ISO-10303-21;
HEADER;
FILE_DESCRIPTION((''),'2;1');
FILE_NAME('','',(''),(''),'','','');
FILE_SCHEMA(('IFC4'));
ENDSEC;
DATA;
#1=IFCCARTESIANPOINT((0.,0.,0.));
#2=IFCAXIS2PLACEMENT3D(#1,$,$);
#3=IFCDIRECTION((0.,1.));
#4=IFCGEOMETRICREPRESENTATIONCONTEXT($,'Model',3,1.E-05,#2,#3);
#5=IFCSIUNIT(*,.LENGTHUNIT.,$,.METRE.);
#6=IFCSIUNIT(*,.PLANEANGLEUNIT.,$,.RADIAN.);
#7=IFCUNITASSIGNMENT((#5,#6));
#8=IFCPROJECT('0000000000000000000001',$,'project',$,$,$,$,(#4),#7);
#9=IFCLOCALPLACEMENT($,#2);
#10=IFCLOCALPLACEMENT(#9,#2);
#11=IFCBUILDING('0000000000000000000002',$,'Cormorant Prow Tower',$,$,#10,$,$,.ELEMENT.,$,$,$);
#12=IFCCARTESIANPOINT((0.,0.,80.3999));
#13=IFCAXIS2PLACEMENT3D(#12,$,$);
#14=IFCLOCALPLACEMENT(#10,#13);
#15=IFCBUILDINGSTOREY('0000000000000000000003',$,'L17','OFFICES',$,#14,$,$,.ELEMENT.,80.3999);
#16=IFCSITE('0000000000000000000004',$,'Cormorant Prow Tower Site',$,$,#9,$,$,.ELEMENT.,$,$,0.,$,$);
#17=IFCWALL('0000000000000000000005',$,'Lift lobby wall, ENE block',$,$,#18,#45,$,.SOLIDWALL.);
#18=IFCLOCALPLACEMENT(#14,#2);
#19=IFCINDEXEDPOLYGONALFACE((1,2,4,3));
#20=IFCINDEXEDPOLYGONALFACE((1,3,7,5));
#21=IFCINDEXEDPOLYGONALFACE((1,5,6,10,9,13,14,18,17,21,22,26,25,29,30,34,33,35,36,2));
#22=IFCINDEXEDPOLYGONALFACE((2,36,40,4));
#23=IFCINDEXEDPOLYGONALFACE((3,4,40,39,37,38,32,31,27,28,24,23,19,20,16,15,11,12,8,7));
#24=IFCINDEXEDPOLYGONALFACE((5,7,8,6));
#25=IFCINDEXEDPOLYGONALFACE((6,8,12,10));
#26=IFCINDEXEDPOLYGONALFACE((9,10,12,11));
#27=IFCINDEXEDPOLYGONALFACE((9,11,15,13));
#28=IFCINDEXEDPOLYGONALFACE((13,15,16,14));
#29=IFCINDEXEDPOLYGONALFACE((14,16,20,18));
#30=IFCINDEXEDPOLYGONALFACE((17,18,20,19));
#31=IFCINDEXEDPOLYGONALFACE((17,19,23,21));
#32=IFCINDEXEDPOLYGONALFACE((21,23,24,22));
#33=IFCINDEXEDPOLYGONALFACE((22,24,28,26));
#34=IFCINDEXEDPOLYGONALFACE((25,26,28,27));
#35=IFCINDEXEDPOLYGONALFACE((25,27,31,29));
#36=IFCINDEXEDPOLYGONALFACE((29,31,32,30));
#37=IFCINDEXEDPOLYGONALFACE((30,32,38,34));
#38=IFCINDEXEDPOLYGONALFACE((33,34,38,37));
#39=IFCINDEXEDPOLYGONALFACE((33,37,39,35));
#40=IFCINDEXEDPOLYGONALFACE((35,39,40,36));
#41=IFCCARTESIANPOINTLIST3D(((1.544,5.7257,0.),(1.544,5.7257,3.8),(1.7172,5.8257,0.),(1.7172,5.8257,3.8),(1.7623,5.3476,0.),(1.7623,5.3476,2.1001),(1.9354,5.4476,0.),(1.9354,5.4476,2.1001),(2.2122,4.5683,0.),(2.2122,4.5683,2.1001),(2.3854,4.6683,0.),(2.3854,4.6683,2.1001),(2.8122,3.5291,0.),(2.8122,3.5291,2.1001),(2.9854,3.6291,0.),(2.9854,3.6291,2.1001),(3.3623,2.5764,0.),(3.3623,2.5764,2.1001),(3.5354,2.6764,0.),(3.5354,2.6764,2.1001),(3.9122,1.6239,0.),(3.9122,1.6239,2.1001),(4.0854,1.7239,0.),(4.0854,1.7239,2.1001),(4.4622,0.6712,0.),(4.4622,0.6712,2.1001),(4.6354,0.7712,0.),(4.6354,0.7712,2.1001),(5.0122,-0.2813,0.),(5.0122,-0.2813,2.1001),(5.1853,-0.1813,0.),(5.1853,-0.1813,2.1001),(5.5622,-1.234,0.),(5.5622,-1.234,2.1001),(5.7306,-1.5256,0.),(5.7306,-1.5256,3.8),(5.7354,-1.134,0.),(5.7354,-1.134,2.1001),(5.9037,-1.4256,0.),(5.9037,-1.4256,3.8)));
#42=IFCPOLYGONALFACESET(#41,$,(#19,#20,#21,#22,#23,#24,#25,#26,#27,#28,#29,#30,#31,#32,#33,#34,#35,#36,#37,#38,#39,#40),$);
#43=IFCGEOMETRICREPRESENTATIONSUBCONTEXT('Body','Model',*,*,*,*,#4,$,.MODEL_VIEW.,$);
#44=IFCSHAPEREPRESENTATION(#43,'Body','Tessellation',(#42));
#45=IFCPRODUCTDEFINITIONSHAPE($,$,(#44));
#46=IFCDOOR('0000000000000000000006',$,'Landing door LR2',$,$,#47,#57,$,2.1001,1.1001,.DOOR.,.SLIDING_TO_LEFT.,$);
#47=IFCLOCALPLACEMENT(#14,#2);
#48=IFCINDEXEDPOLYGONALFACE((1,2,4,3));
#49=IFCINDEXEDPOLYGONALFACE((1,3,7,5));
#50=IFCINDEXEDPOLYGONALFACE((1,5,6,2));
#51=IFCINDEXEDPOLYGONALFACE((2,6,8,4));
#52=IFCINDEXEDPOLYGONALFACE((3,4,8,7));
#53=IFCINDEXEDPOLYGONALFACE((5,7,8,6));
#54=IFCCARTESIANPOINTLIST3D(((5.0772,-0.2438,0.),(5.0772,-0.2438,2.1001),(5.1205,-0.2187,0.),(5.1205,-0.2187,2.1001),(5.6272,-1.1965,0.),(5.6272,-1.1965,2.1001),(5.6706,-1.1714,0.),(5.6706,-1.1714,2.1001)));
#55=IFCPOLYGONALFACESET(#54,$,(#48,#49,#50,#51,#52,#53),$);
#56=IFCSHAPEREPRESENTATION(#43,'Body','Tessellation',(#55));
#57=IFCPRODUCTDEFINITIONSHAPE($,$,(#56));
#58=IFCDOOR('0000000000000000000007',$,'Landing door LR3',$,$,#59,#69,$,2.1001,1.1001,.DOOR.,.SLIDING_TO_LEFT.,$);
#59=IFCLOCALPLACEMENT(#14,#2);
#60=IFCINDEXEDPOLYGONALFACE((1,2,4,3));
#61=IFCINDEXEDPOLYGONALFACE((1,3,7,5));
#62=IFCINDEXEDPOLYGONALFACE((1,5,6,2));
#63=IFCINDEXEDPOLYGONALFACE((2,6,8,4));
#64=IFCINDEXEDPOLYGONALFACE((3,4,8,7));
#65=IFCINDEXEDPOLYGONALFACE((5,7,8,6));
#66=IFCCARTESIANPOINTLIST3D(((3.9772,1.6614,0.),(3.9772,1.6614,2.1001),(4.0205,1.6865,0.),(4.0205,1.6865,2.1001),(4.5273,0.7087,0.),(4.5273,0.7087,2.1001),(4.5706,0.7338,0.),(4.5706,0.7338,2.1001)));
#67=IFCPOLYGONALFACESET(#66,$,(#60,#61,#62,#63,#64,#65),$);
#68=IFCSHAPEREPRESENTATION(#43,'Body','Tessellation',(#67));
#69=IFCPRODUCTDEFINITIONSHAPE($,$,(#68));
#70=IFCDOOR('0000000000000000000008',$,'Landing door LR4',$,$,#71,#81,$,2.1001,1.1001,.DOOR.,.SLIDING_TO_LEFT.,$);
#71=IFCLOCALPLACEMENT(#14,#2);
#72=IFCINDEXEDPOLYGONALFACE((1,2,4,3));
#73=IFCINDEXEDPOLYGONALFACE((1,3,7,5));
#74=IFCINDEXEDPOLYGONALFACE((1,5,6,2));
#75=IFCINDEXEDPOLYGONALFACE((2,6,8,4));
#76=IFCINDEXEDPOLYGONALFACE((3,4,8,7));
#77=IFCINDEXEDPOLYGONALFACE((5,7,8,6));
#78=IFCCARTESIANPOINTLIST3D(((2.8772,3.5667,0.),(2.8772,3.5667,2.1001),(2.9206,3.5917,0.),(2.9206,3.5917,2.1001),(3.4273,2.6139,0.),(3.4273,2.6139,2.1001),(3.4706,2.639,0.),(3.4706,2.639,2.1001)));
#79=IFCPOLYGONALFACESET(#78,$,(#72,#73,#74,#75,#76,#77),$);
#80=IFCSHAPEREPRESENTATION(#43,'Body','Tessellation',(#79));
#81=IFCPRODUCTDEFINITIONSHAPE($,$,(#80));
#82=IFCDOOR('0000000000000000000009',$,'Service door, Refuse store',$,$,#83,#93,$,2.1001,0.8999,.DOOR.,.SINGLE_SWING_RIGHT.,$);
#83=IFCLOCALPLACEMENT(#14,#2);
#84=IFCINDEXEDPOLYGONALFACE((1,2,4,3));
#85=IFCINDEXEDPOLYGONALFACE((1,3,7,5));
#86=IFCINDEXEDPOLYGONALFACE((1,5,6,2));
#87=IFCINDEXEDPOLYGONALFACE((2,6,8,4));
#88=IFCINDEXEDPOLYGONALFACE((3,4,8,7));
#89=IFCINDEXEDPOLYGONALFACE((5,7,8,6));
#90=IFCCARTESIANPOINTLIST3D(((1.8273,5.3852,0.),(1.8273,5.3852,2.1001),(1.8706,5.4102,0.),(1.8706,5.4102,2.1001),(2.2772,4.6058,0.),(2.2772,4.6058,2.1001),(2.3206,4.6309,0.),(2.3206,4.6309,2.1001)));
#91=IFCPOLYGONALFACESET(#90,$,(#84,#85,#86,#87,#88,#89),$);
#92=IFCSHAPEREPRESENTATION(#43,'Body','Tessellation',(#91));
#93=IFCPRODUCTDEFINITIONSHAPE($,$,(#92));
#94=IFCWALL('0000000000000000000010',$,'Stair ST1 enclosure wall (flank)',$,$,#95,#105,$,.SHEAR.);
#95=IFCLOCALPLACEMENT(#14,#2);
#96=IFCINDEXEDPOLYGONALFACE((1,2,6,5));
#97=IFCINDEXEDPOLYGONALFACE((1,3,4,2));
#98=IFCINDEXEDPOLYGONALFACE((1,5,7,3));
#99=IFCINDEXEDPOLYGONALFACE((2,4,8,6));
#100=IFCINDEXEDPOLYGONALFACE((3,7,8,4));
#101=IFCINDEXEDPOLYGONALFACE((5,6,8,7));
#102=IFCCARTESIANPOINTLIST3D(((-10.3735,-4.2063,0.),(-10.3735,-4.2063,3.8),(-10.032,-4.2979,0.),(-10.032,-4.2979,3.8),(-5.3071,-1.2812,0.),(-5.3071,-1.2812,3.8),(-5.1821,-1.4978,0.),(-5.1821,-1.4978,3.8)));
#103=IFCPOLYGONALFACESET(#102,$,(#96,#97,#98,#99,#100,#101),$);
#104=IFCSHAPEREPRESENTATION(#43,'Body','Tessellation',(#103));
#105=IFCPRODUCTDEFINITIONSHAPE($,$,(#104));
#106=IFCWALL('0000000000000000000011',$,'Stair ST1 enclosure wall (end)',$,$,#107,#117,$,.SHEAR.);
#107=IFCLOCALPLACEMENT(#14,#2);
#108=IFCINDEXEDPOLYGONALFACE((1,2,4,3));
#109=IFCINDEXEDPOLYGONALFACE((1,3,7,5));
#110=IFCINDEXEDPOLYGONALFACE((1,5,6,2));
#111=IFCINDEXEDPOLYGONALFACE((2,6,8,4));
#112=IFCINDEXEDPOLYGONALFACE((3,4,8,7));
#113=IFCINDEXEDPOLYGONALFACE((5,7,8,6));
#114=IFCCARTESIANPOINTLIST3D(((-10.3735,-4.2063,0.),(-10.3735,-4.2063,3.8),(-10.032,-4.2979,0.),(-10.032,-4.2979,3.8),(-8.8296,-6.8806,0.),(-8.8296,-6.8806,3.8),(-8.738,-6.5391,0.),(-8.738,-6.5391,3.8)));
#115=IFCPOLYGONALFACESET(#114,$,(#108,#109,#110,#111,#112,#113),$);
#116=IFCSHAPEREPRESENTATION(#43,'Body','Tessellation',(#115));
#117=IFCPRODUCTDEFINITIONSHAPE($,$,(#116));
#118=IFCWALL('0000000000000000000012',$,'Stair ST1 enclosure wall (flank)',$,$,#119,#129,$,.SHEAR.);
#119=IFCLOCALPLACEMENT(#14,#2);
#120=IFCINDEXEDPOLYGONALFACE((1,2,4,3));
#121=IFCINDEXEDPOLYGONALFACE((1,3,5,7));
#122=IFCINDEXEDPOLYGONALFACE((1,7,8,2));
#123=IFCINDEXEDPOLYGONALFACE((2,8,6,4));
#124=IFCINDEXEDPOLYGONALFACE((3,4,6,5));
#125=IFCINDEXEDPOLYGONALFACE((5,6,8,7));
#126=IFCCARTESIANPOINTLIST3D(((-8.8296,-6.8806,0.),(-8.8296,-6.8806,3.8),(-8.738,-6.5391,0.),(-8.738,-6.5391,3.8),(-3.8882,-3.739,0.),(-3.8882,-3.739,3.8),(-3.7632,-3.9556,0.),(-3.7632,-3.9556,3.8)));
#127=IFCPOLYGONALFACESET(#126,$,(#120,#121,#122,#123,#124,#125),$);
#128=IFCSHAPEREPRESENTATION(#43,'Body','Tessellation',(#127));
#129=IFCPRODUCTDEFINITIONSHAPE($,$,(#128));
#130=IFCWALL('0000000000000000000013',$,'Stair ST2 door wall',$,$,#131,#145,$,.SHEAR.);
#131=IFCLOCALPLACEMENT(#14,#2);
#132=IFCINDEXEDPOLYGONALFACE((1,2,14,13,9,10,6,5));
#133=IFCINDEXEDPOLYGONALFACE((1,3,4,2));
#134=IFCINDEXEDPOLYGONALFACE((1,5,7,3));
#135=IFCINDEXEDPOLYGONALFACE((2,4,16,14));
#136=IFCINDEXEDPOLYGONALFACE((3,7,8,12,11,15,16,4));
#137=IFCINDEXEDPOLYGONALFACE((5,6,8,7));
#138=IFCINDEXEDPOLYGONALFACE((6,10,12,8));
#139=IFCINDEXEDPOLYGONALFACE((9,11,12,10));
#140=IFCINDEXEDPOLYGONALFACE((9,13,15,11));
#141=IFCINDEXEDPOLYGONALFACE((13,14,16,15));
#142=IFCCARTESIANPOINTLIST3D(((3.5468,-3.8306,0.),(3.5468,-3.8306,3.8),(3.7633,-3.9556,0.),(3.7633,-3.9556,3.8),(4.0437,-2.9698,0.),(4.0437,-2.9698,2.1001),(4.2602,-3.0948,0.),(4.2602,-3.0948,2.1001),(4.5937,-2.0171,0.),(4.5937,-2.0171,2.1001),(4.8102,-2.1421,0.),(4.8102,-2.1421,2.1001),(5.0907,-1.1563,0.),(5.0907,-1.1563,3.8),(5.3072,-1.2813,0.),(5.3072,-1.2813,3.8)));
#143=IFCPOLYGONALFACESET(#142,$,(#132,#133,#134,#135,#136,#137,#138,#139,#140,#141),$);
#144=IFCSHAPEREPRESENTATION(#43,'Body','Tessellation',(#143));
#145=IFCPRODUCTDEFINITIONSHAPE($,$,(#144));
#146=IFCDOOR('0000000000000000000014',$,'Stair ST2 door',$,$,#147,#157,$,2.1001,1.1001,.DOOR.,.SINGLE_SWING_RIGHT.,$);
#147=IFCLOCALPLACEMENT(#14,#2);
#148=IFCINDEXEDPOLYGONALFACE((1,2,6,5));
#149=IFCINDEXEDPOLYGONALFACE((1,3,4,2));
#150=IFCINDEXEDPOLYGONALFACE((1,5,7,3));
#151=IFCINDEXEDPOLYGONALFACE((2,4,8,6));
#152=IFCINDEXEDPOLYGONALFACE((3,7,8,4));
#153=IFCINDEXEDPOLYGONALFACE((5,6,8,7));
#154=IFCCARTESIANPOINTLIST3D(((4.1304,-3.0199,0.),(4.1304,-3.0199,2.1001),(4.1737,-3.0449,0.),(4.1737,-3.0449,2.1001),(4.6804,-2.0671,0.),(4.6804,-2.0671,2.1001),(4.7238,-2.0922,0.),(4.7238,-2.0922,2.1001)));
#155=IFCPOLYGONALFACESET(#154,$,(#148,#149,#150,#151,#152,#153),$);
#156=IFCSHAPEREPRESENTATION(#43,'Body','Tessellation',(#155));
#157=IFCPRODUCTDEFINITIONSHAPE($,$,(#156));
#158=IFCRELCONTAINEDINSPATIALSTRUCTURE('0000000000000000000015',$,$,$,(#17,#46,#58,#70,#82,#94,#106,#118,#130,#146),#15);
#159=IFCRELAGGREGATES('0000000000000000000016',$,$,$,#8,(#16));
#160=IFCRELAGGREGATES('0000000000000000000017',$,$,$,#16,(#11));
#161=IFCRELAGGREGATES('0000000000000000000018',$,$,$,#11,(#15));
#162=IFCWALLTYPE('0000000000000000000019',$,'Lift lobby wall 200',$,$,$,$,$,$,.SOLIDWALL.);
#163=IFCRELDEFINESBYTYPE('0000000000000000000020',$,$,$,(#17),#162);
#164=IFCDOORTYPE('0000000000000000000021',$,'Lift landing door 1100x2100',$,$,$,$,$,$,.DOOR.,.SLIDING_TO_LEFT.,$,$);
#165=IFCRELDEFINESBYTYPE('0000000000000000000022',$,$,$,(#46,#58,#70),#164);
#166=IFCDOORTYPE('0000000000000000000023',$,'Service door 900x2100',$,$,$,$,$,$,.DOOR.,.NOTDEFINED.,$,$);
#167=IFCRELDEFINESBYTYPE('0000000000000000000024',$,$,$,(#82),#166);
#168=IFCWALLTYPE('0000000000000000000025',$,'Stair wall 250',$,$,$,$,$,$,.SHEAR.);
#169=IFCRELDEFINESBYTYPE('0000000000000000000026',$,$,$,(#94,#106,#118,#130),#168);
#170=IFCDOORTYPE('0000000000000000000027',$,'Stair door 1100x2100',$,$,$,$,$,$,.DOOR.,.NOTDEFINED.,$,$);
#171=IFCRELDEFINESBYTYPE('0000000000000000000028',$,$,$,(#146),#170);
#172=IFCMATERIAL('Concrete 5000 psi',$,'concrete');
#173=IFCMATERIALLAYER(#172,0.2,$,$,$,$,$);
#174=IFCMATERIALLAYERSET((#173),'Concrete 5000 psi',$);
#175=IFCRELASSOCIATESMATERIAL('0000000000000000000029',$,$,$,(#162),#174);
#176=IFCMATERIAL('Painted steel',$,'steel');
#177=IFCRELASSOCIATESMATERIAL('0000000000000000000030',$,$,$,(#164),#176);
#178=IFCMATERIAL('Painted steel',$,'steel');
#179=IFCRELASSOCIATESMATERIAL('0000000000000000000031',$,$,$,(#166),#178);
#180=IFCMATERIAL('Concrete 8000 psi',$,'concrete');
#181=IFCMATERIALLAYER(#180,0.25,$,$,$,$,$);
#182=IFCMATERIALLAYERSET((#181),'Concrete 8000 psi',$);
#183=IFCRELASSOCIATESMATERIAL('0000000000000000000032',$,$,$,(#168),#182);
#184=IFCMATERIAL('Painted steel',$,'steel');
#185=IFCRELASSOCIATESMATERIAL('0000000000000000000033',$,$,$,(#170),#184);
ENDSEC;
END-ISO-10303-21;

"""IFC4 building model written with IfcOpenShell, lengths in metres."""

from ifc_helpers import new_model, si_unit, direction, frame, frame_2d, origin, place, context, subcontext, project, spatial, polyline, rectangle, outline, extrude, material, layer, layer_set, type_object, element, fill, save


model = new_model("IFC4")

# Units and contexts
model_context = context("Model", 3, precision=1e-05, world=origin(), true_north=direction((0.0, 1.0)))
body_context = subcontext(model_context, "Body", "Model", "MODEL_VIEW")
ifc_project = project(units=[si_unit("LENGTHUNIT", "METRE"), si_unit("PLANEANGLEUNIT", "RADIAN")], contexts=[model_context])

# Site, building, storey
site_placement = place(None, origin())
site = spatial("IfcSite", under=ifc_project, at=site_placement, Name="Cormorant Prow Tower Site", CompositionType="ELEMENT", RefElevation=0.0)
building_placement = place(site_placement, origin())
building = spatial("IfcBuilding", under=site, at=building_placement, Name="Cormorant Prow Tower", CompositionType="ELEMENT")
storey_placement = place(building_placement, frame((0.0, 0.0, 80.3999)))
storey = spatial("IfcBuildingStorey", under=building, at=storey_placement, Name="L17", Description="OFFICES", CompositionType="ELEMENT", Elevation=80.3999)

# Wall, openings, doors
ifc_material_1 = material(Name="Concrete 5000 psi", Category="concrete")
ifc_layer_1 = layer(ifc_material_1, 0.2)
ifc_layer_set_1 = layer_set([ifc_layer_1], Name="Concrete 5000 psi")
wall_type_1 = type_object("IfcWallType", Name="Lift lobby wall 200", PredefinedType="SOLIDWALL", material=ifc_layer_set_1)
wall_1_placement = place(storey_placement, frame((5.8171, -1.4756, 0.0), z_axis=(0.0, 0.0, 1.0), x_axis=(-0.500003, 0.866024, 0.0)))
wall_1 = element("IfcWall", 1, at=wall_1_placement, inside=storey, type_object=wall_type_1, Name="Lift lobby wall, ENE block", PredefinedType="SOLIDWALL", context=body_context, shape_type="SweptSolid", body=[
    extrude(rectangle(XDim=8.373, YDim=0.2, at=frame_2d((4.1865, 0.0))), origin(), (0.0, 0.0, 1.0), 3.8),
])
opening_1_placement = place(wall_1_placement, frame((0.3367, 0.0, 0.0)))
opening_1 = element("IfcOpeningElement", 2, at=opening_1_placement, cuts=wall_1, PredefinedType="OPENING", context=body_context, shape_type="SweptSolid", body=[
    extrude(rectangle(XDim=1.1001, YDim=2.1001, at=frame_2d((0.55, 1.05))), frame((0.0, 0.1099, 0.0), z_axis=(0.0, -1.0, 0.0), x_axis=(1.0, 0.0, 0.0)), (0.0, 0.0, 1.0), 0.22),
])
opening_2_placement = place(wall_1_placement, frame((2.5366, 0.0, 0.0)))
opening_2 = element("IfcOpeningElement", 3, at=opening_2_placement, cuts=wall_1, PredefinedType="OPENING", context=body_context, shape_type="SweptSolid", body=[
    extrude(rectangle(XDim=1.1001, YDim=2.1001, at=frame_2d((0.55, 1.05))), frame((0.0, 0.1099, 0.0), z_axis=(0.0, -1.0, 0.0), x_axis=(1.0, 0.0, 0.0)), (0.0, 0.0, 1.0), 0.22),
])
opening_3_placement = place(wall_1_placement, frame((4.7366, 0.0, 0.0)))
opening_3 = element("IfcOpeningElement", 4, at=opening_3_placement, cuts=wall_1, PredefinedType="OPENING", context=body_context, shape_type="SweptSolid", body=[
    extrude(rectangle(XDim=1.1001, YDim=2.1001, at=frame_2d((0.55, 1.05))), frame((0.0, 0.1099, 0.0), z_axis=(0.0, -1.0, 0.0), x_axis=(1.0, 0.0, 0.0)), (0.0, 0.0, 1.0), 0.22),
])
opening_4_placement = place(wall_1_placement, frame((7.0366, 0.0, 0.0)))
opening_4 = element("IfcOpeningElement", 5, at=opening_4_placement, cuts=wall_1, PredefinedType="OPENING", context=body_context, shape_type="SweptSolid", body=[
    extrude(rectangle(XDim=0.8999, YDim=2.1001, at=frame_2d((0.45, 1.05))), frame((0.0, 0.1099, 0.0), z_axis=(0.0, -1.0, 0.0), x_axis=(1.0, 0.0, 0.0)), (0.0, 0.0, 1.0), 0.22),
])
ifc_material_2 = material(Name="Painted steel", Category="steel")
door_type_1 = type_object("IfcDoorType", Name="Lift landing door 1100x2100", OperationType="SLIDING_TO_LEFT", PredefinedType="DOOR", material=ifc_material_2)
door_1_placement = place(opening_1_placement, origin())
door_1 = element("IfcDoor", 6, at=door_1_placement, inside=storey, type_object=door_type_1, Name="Landing door LR2", OperationType="SLIDING_TO_LEFT", OverallHeight=2.1001, OverallWidth=1.1001, PredefinedType="DOOR", context=body_context, shape_type="SweptSolid", body=[
    extrude(rectangle(XDim=1.1001, YDim=2.1001, at=frame_2d((0.55, 1.05))), frame((0.0, 0.0249, 0.0), z_axis=(0.0, -1.0, 0.0), x_axis=(1.0, 0.0, 0.0)), (0.0, 0.0, 1.0), 0.05),
])
fill(opening_1, door_1)
door_2_placement = place(opening_2_placement, origin())
door_2 = element("IfcDoor", 7, at=door_2_placement, inside=storey, type_object=door_type_1, Name="Landing door LR3", OperationType="SLIDING_TO_LEFT", OverallHeight=2.1001, OverallWidth=1.1001, PredefinedType="DOOR", context=body_context, shape_type="SweptSolid", body=[
    extrude(rectangle(XDim=1.1001, YDim=2.1001, at=frame_2d((0.55, 1.05))), frame((0.0, 0.0249, 0.0), z_axis=(0.0, -1.0, 0.0), x_axis=(1.0, 0.0, 0.0)), (0.0, 0.0, 1.0), 0.05),
])
fill(opening_2, door_2)
door_3_placement = place(opening_3_placement, origin())
door_3 = element("IfcDoor", 8, at=door_3_placement, inside=storey, type_object=door_type_1, Name="Landing door LR4", OperationType="SLIDING_TO_LEFT", OverallHeight=2.1001, OverallWidth=1.1001, PredefinedType="DOOR", context=body_context, shape_type="SweptSolid", body=[
    extrude(rectangle(XDim=1.1001, YDim=2.1001, at=frame_2d((0.55, 1.05))), frame((0.0, 0.0249, 0.0), z_axis=(0.0, -1.0, 0.0), x_axis=(1.0, 0.0, 0.0)), (0.0, 0.0, 1.0), 0.05),
])
fill(opening_3, door_3)
ifc_material_3 = material(Name="Painted steel", Category="steel")
door_type_2 = type_object("IfcDoorType", Name="Service door 900x2100", OperationType="NOTDEFINED", PredefinedType="DOOR", material=ifc_material_3)
door_4_placement = place(opening_4_placement, origin())
door_4 = element("IfcDoor", 9, at=door_4_placement, inside=storey, type_object=door_type_2, Name="Service door, Refuse store", OperationType="SINGLE_SWING_RIGHT", OverallHeight=2.1001, OverallWidth=0.8999, PredefinedType="DOOR", context=body_context, shape_type="SweptSolid", body=[
    extrude(rectangle(XDim=0.8999, YDim=2.1001, at=frame_2d((0.45, 1.05))), frame((0.0, 0.0249, 0.0), z_axis=(0.0, -1.0, 0.0), x_axis=(1.0, 0.0, 0.0)), (0.0, 0.0, 1.0), 0.05),
])
fill(opening_4, door_4)

# Walls
ifc_material_4 = material(Name="Concrete 8000 psi", Category="concrete")
ifc_layer_2 = layer(ifc_material_4, 0.25)
ifc_layer_set_2 = layer_set([ifc_layer_2], Name="Concrete 8000 psi")
wall_type_2 = type_object("IfcWallType", Name="Stair wall 250", PredefinedType="SHEAR", material=ifc_layer_set_2)
wall_2_placement = place(storey_placement, origin())
element("IfcWall", 10, at=wall_2_placement, inside=storey, type_object=wall_type_2, Name="Stair ST1 enclosure wall (flank)", PredefinedType="SHEAR", context=body_context, shape_type="SweptSolid", body=[
    extrude(outline(polyline([(-5.3071, -1.2812), (-10.3735, -4.2063), (-10.032, -4.2979), (-5.1821, -1.4978), (-5.3071, -1.2812)])), origin(), (0.0, 0.0, 1.0), 3.8),
])
wall_3_placement = place(storey_placement, origin())
element("IfcWall", 11, at=wall_3_placement, inside=storey, type_object=wall_type_2, Name="Stair ST1 enclosure wall (end)", PredefinedType="SHEAR", context=body_context, shape_type="SweptSolid", body=[
    extrude(outline(polyline([(-10.3735, -4.2063), (-8.8296, -6.8806), (-8.738, -6.5391), (-10.032, -4.2979), (-10.3735, -4.2063)])), origin(), (0.0, 0.0, 1.0), 3.8),
])
wall_4_placement = place(storey_placement, origin())
element("IfcWall", 12, at=wall_4_placement, inside=storey, type_object=wall_type_2, Name="Stair ST1 enclosure wall (flank)", PredefinedType="SHEAR", context=body_context, shape_type="SweptSolid", body=[
    extrude(outline(polyline([(-8.738, -6.5391), (-8.8296, -6.8806), (-3.7632, -3.9556), (-3.8882, -3.739), (-8.738, -6.5391)])), origin(), (0.0, 0.0, 1.0), 3.8),
])

# Wall, opening, door
wall_5_placement = place(storey_placement, frame((3.655, -3.8931, 0.0), z_axis=(0.0, 0.0, 1.0), x_axis=(0.499983, 0.866035, 0.0)))
wall_5 = element("IfcWall", 13, at=wall_5_placement, inside=storey, type_object=wall_type_2, Name="Stair ST2 door wall", PredefinedType="SHEAR", context=body_context, shape_type="SweptSolid", body=[
    extrude(rectangle(XDim=3.0879, YDim=0.25, at=frame_2d((1.5439, 0.0))), origin(), (0.0, 0.0, 1.0), 3.8),
])
opening_5_placement = place(wall_5_placement, frame((0.9939, 0.0, 0.0)))
opening_5 = element("IfcOpeningElement", 14, at=opening_5_placement, cuts=wall_5, PredefinedType="OPENING", context=body_context, shape_type="SweptSolid", body=[
    extrude(rectangle(XDim=1.1001, YDim=2.1001, at=frame_2d((0.55, 1.05))), frame((0.0, 0.135, 0.0), z_axis=(0.0, -1.0, 0.0), x_axis=(1.0, 0.0, 0.0)), (0.0, 0.0, 1.0), 0.27),
])
ifc_material_5 = material(Name="Painted steel", Category="steel")
door_type_3 = type_object("IfcDoorType", Name="Stair door 1100x2100", OperationType="NOTDEFINED", PredefinedType="DOOR", material=ifc_material_5)
door_5_placement = place(opening_5_placement, origin())
door_5 = element("IfcDoor", 15, at=door_5_placement, inside=storey, type_object=door_type_3, Name="Stair ST2 door", OperationType="SINGLE_SWING_RIGHT", OverallHeight=2.1001, OverallWidth=1.1001, PredefinedType="DOOR", context=body_context, shape_type="SweptSolid", body=[
    extrude(rectangle(XDim=1.1001, YDim=2.1001, at=frame_2d((0.55, 1.05))), frame((0.0, 0.0249, 0.0), z_axis=(0.0, -1.0, 0.0), x_axis=(1.0, 0.0, 0.0)), (0.0, 0.0, 1.0), 0.05),
])
fill(opening_5, door_5)

save(model, "model.ifc")
